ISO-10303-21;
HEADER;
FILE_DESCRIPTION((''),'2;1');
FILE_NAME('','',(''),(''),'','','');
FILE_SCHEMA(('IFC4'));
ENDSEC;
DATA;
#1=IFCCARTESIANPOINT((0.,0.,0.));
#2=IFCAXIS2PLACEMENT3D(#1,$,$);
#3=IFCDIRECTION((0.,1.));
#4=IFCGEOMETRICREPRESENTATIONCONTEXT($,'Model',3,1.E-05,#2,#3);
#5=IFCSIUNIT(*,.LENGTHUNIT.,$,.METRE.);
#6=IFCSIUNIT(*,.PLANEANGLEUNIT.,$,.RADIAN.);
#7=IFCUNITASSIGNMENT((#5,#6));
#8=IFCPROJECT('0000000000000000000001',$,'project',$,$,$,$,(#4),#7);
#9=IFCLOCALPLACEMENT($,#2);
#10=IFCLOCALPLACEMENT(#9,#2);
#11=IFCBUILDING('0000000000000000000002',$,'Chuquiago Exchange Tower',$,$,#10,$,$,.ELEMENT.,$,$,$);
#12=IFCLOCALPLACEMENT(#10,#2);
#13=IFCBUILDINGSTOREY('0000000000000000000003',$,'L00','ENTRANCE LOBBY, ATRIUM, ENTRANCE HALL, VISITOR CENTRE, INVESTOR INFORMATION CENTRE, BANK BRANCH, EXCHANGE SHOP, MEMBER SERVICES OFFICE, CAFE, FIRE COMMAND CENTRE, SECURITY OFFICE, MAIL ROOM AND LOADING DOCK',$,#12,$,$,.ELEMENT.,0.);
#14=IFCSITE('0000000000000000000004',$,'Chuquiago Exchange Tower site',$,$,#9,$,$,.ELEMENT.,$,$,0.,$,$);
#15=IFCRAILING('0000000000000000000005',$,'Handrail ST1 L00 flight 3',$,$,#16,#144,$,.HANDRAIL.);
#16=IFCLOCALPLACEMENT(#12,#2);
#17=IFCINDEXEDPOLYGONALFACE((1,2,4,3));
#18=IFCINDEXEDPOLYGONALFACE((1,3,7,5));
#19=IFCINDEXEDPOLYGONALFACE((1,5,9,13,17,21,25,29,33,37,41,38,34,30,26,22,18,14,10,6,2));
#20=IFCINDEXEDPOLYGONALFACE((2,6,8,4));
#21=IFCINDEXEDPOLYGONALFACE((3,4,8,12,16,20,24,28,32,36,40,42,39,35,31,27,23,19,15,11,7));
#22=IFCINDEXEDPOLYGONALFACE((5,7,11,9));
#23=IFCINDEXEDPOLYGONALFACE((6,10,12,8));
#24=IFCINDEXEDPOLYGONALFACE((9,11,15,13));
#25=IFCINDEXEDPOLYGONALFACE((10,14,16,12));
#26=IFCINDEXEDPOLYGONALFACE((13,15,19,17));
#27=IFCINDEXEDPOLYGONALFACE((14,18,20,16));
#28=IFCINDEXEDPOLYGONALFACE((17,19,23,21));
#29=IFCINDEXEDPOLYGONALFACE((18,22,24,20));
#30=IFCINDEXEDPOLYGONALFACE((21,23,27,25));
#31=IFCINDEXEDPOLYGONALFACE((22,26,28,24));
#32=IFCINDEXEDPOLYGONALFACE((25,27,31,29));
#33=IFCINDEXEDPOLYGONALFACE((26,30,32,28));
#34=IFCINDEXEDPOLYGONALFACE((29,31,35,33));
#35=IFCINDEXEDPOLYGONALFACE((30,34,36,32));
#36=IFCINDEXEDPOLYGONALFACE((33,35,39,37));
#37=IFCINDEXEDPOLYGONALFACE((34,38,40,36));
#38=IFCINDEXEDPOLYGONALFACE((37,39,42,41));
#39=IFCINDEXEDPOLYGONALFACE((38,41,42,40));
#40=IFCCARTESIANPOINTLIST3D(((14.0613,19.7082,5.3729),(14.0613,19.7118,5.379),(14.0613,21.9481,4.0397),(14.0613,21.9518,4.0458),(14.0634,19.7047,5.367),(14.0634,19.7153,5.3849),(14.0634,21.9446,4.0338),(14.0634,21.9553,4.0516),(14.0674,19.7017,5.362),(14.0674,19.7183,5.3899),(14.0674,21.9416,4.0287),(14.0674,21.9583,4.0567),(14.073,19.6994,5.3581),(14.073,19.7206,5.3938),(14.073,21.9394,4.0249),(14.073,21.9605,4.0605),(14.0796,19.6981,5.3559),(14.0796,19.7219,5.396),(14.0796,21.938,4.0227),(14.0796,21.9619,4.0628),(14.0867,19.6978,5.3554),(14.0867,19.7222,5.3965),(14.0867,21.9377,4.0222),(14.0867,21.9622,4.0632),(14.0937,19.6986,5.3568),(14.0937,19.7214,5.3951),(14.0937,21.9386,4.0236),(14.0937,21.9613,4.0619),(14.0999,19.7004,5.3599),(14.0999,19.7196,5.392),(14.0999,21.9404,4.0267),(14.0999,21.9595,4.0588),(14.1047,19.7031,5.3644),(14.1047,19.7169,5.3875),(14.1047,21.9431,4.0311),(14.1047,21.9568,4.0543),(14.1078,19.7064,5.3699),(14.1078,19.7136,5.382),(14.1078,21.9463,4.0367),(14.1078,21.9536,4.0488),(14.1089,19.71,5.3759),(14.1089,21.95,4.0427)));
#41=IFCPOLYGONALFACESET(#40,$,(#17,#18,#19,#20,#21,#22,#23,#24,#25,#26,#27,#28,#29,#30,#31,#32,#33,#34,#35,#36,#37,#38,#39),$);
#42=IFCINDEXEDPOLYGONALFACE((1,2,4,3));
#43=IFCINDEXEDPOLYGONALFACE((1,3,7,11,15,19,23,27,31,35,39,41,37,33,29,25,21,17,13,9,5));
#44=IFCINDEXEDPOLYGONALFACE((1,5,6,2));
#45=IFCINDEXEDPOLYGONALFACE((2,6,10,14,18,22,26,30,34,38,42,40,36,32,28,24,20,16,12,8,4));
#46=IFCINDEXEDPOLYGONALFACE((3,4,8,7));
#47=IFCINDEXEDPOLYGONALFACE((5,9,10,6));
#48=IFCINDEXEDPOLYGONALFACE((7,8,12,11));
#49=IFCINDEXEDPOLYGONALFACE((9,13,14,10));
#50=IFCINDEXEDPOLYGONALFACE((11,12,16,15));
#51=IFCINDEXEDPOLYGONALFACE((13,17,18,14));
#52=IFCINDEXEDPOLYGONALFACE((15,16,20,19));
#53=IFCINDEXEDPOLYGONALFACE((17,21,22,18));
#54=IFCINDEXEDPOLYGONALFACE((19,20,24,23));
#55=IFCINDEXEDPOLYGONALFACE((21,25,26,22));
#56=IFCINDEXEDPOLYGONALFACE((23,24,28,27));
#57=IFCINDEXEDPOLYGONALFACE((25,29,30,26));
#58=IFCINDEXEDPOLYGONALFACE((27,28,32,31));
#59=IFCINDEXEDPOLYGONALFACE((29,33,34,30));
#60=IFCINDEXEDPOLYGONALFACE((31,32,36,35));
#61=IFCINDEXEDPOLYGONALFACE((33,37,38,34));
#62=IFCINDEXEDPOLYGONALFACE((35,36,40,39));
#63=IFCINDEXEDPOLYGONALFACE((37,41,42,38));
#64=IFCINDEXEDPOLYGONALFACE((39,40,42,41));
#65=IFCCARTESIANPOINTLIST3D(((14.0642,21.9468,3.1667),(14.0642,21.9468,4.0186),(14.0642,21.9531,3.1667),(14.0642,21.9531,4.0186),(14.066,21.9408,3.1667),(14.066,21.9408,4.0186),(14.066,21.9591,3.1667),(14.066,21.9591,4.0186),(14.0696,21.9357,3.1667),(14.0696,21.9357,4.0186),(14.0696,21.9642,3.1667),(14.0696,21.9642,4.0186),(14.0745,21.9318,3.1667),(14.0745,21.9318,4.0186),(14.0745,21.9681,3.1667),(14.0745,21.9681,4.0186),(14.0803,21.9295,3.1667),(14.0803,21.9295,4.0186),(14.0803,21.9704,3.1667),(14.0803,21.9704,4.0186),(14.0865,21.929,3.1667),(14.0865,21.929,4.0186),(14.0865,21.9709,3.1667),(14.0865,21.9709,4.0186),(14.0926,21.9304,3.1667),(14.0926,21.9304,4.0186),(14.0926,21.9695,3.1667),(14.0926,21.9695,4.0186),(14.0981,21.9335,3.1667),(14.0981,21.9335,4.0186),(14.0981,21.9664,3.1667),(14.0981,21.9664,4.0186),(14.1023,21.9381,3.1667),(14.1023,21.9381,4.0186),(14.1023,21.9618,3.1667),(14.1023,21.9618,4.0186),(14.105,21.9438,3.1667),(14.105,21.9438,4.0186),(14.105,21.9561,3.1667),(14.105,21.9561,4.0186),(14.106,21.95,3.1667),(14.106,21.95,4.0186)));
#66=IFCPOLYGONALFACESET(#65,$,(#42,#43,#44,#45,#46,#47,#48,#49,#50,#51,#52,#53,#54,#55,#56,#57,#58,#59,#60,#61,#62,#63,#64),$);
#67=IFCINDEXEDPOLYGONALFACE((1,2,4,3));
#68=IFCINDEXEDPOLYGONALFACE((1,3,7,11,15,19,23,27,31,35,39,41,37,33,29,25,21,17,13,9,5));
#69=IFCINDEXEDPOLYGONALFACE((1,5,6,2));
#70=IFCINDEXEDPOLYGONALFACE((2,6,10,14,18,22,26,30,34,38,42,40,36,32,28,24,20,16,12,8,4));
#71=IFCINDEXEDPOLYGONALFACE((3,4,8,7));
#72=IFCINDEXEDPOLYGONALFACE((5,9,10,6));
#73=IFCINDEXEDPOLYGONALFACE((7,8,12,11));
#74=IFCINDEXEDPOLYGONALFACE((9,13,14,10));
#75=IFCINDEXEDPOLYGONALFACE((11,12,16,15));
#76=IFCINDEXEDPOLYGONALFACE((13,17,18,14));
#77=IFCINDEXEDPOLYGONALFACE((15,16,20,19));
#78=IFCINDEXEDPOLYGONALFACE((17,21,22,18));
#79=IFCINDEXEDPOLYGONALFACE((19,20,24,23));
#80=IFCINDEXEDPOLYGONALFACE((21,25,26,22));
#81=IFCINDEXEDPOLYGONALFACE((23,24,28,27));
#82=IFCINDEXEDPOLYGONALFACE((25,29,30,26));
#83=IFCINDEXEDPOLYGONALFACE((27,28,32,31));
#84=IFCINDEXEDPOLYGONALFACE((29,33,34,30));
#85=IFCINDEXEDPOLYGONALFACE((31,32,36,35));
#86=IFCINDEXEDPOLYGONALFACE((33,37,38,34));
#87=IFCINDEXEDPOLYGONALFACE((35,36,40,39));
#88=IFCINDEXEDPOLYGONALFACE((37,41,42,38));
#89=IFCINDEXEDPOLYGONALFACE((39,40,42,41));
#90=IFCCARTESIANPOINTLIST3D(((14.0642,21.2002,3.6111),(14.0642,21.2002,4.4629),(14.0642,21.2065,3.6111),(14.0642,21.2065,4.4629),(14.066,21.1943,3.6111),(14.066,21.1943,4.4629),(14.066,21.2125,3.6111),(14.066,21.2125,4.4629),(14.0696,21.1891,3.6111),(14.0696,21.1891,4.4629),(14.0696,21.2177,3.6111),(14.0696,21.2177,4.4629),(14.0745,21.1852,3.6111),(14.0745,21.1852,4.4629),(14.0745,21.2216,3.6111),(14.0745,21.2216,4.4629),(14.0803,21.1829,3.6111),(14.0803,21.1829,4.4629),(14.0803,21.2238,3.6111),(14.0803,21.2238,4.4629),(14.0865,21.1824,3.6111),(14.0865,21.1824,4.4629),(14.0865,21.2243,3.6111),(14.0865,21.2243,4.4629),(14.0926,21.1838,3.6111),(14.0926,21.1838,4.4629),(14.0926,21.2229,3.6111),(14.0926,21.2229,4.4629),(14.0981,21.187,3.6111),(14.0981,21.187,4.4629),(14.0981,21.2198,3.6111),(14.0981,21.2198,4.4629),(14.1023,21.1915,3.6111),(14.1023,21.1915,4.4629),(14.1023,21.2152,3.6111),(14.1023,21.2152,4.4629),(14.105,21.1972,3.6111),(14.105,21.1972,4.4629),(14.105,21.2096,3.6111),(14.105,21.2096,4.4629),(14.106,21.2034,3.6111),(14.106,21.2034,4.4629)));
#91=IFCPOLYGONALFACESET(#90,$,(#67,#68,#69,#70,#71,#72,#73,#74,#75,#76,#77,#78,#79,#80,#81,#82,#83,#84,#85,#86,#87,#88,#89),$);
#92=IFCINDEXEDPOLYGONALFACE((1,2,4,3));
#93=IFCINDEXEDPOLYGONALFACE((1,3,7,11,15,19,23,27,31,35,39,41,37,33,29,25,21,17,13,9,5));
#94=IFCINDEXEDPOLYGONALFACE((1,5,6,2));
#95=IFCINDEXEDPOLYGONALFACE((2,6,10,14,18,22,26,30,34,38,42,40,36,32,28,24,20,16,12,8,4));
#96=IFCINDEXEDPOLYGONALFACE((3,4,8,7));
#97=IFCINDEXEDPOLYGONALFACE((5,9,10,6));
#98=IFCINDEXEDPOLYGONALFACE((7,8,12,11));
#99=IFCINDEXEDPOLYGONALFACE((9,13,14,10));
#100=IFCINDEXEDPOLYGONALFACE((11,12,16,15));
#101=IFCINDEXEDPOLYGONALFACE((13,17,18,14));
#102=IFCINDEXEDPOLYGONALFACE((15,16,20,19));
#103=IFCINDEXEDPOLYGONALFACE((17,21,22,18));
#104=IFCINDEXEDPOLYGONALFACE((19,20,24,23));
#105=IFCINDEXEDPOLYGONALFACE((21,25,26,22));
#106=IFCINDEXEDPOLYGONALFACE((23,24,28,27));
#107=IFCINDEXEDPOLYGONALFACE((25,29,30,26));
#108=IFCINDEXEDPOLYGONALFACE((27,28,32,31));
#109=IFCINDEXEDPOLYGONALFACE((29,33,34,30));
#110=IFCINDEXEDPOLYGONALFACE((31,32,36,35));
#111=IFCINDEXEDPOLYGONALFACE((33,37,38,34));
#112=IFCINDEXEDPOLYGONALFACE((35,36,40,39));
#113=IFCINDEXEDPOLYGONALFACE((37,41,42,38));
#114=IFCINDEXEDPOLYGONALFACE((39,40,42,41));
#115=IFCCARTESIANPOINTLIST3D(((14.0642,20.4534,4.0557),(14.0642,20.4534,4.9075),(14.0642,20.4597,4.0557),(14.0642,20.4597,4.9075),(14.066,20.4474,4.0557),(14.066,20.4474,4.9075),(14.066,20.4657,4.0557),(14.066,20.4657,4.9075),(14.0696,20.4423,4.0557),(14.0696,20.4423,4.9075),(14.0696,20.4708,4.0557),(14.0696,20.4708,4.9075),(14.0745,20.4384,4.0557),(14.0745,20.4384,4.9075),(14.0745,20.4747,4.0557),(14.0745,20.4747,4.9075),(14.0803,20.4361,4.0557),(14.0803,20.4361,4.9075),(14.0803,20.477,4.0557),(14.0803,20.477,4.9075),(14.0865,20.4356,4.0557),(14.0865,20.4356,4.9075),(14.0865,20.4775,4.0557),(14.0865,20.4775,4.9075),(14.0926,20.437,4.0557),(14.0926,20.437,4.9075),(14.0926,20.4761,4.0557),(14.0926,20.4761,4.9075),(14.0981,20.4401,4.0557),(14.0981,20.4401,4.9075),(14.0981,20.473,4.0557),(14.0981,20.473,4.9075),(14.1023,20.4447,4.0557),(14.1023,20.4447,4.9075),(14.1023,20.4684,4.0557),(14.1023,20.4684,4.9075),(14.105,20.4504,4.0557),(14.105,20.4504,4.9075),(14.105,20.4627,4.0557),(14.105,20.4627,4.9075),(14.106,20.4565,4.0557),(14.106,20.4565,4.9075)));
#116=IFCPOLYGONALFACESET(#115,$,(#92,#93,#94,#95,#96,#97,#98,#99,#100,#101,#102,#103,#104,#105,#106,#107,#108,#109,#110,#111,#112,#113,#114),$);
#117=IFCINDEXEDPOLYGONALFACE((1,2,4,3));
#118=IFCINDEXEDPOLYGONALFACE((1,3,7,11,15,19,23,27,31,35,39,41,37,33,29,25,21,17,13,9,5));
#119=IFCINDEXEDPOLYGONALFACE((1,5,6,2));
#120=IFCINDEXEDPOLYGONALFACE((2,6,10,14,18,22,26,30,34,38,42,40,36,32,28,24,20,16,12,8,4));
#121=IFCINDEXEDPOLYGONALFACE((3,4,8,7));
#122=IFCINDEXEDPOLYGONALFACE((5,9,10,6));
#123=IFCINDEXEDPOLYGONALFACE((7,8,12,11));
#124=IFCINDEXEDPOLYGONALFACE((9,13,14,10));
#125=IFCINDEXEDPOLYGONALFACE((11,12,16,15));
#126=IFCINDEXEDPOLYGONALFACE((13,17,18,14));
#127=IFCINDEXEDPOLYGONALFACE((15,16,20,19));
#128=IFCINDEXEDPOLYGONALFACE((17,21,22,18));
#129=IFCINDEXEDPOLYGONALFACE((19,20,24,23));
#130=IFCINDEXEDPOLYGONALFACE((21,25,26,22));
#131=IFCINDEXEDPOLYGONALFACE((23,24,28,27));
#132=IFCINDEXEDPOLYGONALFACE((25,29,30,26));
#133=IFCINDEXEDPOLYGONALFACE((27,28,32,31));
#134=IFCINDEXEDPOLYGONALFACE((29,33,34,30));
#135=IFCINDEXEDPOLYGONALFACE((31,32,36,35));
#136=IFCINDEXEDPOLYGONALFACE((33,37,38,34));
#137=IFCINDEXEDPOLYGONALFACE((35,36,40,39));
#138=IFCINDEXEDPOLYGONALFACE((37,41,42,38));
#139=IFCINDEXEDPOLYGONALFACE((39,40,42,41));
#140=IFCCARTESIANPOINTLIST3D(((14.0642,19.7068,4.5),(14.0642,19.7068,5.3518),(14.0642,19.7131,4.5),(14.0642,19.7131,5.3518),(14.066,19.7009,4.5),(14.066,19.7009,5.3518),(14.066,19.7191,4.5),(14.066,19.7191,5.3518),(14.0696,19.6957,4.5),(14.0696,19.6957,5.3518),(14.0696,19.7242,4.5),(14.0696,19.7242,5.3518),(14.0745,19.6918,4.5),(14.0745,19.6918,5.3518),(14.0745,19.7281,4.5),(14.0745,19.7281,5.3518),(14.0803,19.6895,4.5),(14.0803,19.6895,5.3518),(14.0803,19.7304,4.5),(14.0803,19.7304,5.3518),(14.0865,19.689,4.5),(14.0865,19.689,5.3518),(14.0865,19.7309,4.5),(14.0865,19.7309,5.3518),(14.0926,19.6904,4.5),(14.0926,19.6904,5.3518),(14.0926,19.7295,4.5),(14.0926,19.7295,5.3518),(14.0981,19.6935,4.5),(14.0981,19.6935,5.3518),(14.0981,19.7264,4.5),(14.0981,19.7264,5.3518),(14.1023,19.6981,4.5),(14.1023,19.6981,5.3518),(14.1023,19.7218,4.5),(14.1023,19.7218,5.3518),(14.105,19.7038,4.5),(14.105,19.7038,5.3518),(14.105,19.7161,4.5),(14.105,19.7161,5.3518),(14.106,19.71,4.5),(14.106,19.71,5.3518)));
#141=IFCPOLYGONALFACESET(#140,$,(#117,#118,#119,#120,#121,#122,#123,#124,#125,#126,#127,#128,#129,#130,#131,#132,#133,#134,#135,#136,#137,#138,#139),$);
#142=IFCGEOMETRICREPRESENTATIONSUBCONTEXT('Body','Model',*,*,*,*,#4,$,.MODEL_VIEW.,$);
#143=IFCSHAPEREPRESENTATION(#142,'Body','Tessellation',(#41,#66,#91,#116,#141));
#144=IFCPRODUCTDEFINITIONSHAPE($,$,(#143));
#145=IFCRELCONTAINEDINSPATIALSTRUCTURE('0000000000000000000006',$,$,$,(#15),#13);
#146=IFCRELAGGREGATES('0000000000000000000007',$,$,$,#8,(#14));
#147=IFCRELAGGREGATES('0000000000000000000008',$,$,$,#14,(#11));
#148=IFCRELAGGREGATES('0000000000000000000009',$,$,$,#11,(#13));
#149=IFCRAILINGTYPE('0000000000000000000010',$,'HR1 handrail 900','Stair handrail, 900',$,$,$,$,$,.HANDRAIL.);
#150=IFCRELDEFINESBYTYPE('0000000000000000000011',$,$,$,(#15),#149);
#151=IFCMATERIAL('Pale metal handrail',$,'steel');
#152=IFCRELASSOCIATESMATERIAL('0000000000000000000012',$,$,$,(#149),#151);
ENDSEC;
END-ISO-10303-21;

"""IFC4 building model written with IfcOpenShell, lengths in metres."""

from ifc_helpers import new_model, si_unit, direction, frame, origin, origin_2d, place, context, subcontext, project, spatial, circle, extrude, material, type_object, element, save


model = new_model("IFC4")

# Units and contexts
model_context = context("Model", 3, precision=1e-05, world=origin(), true_north=direction((0.0, 1.0)))
body_context = subcontext(model_context, "Body", "Model", "MODEL_VIEW")
ifc_project = project(units=[si_unit("LENGTHUNIT", "METRE"), si_unit("PLANEANGLEUNIT", "RADIAN")], contexts=[model_context])

# Site, building, storey
site_placement = place(None, origin())
site = spatial("IfcSite", under=ifc_project, at=site_placement, Name="Chuquiago Exchange Tower site", CompositionType="ELEMENT", RefElevation=0.0)
building_placement = place(site_placement, origin())
building = spatial("IfcBuilding", under=site, at=building_placement, Name="Chuquiago Exchange Tower", CompositionType="ELEMENT")
storey_placement = place(building_placement, origin())
storey = spatial("IfcBuildingStorey", under=building, at=storey_placement, Name="L00", Description="ENTRANCE LOBBY, ATRIUM, ENTRANCE HALL, VISITOR CENTRE, INVESTOR INFORMATION CENTRE, BANK BRANCH, EXCHANGE SHOP, MEMBER SERVICES OFFICE, CAFE, FIRE COMMAND CENTRE, SECURITY OFFICE, MAIL ROOM AND LOADING DOCK", CompositionType="ELEMENT", Elevation=0.0)

# Railing
ifc_material_1 = material(Name="Pale metal handrail", Category="steel")
railing_type_1 = type_object("IfcRailingType", Name="HR1 handrail 900", Description="Stair handrail, 900", PredefinedType="HANDRAIL", material=ifc_material_1)
for number, where, name in (
    (1, (14.085, 21.95, 3.1667), "Handrail ST1 L00 flight 3"),
):
    element("IfcRailing", number, at=place(storey_placement, frame(where)), inside=storey, type_object=railing_type_1, Name=name, PredefinedType="HANDRAIL", context=body_context, shape_type="SweptSolid", body=[
        extrude(circle(Radius=0.0239, at=origin_2d()), frame((0.0, 0.0, 0.876), z_axis=(0.0, -0.859306, 0.511462), x_axis=(1.0, 0.0, 0.0)), (0.0, 0.0, 1.0), 2.6067),
        extrude(circle(Radius=0.021, at=origin_2d()), origin(), (0.0, 0.0, 1.0), 0.8518),
        extrude(circle(Radius=0.021, at=origin_2d()), frame((0.0, -0.7466, 0.4443)), (0.0, 0.0, 1.0), 0.8518),
        extrude(circle(Radius=0.021, at=origin_2d()), frame((0.0, -1.4934, 0.8889)), (0.0, 0.0, 1.0), 0.8518),
        extrude(circle(Radius=0.021, at=origin_2d()), frame((0.0, -2.24, 1.3333)), (0.0, 0.0, 1.0), 0.8518),
    ])

save(model, "model.ifc")
